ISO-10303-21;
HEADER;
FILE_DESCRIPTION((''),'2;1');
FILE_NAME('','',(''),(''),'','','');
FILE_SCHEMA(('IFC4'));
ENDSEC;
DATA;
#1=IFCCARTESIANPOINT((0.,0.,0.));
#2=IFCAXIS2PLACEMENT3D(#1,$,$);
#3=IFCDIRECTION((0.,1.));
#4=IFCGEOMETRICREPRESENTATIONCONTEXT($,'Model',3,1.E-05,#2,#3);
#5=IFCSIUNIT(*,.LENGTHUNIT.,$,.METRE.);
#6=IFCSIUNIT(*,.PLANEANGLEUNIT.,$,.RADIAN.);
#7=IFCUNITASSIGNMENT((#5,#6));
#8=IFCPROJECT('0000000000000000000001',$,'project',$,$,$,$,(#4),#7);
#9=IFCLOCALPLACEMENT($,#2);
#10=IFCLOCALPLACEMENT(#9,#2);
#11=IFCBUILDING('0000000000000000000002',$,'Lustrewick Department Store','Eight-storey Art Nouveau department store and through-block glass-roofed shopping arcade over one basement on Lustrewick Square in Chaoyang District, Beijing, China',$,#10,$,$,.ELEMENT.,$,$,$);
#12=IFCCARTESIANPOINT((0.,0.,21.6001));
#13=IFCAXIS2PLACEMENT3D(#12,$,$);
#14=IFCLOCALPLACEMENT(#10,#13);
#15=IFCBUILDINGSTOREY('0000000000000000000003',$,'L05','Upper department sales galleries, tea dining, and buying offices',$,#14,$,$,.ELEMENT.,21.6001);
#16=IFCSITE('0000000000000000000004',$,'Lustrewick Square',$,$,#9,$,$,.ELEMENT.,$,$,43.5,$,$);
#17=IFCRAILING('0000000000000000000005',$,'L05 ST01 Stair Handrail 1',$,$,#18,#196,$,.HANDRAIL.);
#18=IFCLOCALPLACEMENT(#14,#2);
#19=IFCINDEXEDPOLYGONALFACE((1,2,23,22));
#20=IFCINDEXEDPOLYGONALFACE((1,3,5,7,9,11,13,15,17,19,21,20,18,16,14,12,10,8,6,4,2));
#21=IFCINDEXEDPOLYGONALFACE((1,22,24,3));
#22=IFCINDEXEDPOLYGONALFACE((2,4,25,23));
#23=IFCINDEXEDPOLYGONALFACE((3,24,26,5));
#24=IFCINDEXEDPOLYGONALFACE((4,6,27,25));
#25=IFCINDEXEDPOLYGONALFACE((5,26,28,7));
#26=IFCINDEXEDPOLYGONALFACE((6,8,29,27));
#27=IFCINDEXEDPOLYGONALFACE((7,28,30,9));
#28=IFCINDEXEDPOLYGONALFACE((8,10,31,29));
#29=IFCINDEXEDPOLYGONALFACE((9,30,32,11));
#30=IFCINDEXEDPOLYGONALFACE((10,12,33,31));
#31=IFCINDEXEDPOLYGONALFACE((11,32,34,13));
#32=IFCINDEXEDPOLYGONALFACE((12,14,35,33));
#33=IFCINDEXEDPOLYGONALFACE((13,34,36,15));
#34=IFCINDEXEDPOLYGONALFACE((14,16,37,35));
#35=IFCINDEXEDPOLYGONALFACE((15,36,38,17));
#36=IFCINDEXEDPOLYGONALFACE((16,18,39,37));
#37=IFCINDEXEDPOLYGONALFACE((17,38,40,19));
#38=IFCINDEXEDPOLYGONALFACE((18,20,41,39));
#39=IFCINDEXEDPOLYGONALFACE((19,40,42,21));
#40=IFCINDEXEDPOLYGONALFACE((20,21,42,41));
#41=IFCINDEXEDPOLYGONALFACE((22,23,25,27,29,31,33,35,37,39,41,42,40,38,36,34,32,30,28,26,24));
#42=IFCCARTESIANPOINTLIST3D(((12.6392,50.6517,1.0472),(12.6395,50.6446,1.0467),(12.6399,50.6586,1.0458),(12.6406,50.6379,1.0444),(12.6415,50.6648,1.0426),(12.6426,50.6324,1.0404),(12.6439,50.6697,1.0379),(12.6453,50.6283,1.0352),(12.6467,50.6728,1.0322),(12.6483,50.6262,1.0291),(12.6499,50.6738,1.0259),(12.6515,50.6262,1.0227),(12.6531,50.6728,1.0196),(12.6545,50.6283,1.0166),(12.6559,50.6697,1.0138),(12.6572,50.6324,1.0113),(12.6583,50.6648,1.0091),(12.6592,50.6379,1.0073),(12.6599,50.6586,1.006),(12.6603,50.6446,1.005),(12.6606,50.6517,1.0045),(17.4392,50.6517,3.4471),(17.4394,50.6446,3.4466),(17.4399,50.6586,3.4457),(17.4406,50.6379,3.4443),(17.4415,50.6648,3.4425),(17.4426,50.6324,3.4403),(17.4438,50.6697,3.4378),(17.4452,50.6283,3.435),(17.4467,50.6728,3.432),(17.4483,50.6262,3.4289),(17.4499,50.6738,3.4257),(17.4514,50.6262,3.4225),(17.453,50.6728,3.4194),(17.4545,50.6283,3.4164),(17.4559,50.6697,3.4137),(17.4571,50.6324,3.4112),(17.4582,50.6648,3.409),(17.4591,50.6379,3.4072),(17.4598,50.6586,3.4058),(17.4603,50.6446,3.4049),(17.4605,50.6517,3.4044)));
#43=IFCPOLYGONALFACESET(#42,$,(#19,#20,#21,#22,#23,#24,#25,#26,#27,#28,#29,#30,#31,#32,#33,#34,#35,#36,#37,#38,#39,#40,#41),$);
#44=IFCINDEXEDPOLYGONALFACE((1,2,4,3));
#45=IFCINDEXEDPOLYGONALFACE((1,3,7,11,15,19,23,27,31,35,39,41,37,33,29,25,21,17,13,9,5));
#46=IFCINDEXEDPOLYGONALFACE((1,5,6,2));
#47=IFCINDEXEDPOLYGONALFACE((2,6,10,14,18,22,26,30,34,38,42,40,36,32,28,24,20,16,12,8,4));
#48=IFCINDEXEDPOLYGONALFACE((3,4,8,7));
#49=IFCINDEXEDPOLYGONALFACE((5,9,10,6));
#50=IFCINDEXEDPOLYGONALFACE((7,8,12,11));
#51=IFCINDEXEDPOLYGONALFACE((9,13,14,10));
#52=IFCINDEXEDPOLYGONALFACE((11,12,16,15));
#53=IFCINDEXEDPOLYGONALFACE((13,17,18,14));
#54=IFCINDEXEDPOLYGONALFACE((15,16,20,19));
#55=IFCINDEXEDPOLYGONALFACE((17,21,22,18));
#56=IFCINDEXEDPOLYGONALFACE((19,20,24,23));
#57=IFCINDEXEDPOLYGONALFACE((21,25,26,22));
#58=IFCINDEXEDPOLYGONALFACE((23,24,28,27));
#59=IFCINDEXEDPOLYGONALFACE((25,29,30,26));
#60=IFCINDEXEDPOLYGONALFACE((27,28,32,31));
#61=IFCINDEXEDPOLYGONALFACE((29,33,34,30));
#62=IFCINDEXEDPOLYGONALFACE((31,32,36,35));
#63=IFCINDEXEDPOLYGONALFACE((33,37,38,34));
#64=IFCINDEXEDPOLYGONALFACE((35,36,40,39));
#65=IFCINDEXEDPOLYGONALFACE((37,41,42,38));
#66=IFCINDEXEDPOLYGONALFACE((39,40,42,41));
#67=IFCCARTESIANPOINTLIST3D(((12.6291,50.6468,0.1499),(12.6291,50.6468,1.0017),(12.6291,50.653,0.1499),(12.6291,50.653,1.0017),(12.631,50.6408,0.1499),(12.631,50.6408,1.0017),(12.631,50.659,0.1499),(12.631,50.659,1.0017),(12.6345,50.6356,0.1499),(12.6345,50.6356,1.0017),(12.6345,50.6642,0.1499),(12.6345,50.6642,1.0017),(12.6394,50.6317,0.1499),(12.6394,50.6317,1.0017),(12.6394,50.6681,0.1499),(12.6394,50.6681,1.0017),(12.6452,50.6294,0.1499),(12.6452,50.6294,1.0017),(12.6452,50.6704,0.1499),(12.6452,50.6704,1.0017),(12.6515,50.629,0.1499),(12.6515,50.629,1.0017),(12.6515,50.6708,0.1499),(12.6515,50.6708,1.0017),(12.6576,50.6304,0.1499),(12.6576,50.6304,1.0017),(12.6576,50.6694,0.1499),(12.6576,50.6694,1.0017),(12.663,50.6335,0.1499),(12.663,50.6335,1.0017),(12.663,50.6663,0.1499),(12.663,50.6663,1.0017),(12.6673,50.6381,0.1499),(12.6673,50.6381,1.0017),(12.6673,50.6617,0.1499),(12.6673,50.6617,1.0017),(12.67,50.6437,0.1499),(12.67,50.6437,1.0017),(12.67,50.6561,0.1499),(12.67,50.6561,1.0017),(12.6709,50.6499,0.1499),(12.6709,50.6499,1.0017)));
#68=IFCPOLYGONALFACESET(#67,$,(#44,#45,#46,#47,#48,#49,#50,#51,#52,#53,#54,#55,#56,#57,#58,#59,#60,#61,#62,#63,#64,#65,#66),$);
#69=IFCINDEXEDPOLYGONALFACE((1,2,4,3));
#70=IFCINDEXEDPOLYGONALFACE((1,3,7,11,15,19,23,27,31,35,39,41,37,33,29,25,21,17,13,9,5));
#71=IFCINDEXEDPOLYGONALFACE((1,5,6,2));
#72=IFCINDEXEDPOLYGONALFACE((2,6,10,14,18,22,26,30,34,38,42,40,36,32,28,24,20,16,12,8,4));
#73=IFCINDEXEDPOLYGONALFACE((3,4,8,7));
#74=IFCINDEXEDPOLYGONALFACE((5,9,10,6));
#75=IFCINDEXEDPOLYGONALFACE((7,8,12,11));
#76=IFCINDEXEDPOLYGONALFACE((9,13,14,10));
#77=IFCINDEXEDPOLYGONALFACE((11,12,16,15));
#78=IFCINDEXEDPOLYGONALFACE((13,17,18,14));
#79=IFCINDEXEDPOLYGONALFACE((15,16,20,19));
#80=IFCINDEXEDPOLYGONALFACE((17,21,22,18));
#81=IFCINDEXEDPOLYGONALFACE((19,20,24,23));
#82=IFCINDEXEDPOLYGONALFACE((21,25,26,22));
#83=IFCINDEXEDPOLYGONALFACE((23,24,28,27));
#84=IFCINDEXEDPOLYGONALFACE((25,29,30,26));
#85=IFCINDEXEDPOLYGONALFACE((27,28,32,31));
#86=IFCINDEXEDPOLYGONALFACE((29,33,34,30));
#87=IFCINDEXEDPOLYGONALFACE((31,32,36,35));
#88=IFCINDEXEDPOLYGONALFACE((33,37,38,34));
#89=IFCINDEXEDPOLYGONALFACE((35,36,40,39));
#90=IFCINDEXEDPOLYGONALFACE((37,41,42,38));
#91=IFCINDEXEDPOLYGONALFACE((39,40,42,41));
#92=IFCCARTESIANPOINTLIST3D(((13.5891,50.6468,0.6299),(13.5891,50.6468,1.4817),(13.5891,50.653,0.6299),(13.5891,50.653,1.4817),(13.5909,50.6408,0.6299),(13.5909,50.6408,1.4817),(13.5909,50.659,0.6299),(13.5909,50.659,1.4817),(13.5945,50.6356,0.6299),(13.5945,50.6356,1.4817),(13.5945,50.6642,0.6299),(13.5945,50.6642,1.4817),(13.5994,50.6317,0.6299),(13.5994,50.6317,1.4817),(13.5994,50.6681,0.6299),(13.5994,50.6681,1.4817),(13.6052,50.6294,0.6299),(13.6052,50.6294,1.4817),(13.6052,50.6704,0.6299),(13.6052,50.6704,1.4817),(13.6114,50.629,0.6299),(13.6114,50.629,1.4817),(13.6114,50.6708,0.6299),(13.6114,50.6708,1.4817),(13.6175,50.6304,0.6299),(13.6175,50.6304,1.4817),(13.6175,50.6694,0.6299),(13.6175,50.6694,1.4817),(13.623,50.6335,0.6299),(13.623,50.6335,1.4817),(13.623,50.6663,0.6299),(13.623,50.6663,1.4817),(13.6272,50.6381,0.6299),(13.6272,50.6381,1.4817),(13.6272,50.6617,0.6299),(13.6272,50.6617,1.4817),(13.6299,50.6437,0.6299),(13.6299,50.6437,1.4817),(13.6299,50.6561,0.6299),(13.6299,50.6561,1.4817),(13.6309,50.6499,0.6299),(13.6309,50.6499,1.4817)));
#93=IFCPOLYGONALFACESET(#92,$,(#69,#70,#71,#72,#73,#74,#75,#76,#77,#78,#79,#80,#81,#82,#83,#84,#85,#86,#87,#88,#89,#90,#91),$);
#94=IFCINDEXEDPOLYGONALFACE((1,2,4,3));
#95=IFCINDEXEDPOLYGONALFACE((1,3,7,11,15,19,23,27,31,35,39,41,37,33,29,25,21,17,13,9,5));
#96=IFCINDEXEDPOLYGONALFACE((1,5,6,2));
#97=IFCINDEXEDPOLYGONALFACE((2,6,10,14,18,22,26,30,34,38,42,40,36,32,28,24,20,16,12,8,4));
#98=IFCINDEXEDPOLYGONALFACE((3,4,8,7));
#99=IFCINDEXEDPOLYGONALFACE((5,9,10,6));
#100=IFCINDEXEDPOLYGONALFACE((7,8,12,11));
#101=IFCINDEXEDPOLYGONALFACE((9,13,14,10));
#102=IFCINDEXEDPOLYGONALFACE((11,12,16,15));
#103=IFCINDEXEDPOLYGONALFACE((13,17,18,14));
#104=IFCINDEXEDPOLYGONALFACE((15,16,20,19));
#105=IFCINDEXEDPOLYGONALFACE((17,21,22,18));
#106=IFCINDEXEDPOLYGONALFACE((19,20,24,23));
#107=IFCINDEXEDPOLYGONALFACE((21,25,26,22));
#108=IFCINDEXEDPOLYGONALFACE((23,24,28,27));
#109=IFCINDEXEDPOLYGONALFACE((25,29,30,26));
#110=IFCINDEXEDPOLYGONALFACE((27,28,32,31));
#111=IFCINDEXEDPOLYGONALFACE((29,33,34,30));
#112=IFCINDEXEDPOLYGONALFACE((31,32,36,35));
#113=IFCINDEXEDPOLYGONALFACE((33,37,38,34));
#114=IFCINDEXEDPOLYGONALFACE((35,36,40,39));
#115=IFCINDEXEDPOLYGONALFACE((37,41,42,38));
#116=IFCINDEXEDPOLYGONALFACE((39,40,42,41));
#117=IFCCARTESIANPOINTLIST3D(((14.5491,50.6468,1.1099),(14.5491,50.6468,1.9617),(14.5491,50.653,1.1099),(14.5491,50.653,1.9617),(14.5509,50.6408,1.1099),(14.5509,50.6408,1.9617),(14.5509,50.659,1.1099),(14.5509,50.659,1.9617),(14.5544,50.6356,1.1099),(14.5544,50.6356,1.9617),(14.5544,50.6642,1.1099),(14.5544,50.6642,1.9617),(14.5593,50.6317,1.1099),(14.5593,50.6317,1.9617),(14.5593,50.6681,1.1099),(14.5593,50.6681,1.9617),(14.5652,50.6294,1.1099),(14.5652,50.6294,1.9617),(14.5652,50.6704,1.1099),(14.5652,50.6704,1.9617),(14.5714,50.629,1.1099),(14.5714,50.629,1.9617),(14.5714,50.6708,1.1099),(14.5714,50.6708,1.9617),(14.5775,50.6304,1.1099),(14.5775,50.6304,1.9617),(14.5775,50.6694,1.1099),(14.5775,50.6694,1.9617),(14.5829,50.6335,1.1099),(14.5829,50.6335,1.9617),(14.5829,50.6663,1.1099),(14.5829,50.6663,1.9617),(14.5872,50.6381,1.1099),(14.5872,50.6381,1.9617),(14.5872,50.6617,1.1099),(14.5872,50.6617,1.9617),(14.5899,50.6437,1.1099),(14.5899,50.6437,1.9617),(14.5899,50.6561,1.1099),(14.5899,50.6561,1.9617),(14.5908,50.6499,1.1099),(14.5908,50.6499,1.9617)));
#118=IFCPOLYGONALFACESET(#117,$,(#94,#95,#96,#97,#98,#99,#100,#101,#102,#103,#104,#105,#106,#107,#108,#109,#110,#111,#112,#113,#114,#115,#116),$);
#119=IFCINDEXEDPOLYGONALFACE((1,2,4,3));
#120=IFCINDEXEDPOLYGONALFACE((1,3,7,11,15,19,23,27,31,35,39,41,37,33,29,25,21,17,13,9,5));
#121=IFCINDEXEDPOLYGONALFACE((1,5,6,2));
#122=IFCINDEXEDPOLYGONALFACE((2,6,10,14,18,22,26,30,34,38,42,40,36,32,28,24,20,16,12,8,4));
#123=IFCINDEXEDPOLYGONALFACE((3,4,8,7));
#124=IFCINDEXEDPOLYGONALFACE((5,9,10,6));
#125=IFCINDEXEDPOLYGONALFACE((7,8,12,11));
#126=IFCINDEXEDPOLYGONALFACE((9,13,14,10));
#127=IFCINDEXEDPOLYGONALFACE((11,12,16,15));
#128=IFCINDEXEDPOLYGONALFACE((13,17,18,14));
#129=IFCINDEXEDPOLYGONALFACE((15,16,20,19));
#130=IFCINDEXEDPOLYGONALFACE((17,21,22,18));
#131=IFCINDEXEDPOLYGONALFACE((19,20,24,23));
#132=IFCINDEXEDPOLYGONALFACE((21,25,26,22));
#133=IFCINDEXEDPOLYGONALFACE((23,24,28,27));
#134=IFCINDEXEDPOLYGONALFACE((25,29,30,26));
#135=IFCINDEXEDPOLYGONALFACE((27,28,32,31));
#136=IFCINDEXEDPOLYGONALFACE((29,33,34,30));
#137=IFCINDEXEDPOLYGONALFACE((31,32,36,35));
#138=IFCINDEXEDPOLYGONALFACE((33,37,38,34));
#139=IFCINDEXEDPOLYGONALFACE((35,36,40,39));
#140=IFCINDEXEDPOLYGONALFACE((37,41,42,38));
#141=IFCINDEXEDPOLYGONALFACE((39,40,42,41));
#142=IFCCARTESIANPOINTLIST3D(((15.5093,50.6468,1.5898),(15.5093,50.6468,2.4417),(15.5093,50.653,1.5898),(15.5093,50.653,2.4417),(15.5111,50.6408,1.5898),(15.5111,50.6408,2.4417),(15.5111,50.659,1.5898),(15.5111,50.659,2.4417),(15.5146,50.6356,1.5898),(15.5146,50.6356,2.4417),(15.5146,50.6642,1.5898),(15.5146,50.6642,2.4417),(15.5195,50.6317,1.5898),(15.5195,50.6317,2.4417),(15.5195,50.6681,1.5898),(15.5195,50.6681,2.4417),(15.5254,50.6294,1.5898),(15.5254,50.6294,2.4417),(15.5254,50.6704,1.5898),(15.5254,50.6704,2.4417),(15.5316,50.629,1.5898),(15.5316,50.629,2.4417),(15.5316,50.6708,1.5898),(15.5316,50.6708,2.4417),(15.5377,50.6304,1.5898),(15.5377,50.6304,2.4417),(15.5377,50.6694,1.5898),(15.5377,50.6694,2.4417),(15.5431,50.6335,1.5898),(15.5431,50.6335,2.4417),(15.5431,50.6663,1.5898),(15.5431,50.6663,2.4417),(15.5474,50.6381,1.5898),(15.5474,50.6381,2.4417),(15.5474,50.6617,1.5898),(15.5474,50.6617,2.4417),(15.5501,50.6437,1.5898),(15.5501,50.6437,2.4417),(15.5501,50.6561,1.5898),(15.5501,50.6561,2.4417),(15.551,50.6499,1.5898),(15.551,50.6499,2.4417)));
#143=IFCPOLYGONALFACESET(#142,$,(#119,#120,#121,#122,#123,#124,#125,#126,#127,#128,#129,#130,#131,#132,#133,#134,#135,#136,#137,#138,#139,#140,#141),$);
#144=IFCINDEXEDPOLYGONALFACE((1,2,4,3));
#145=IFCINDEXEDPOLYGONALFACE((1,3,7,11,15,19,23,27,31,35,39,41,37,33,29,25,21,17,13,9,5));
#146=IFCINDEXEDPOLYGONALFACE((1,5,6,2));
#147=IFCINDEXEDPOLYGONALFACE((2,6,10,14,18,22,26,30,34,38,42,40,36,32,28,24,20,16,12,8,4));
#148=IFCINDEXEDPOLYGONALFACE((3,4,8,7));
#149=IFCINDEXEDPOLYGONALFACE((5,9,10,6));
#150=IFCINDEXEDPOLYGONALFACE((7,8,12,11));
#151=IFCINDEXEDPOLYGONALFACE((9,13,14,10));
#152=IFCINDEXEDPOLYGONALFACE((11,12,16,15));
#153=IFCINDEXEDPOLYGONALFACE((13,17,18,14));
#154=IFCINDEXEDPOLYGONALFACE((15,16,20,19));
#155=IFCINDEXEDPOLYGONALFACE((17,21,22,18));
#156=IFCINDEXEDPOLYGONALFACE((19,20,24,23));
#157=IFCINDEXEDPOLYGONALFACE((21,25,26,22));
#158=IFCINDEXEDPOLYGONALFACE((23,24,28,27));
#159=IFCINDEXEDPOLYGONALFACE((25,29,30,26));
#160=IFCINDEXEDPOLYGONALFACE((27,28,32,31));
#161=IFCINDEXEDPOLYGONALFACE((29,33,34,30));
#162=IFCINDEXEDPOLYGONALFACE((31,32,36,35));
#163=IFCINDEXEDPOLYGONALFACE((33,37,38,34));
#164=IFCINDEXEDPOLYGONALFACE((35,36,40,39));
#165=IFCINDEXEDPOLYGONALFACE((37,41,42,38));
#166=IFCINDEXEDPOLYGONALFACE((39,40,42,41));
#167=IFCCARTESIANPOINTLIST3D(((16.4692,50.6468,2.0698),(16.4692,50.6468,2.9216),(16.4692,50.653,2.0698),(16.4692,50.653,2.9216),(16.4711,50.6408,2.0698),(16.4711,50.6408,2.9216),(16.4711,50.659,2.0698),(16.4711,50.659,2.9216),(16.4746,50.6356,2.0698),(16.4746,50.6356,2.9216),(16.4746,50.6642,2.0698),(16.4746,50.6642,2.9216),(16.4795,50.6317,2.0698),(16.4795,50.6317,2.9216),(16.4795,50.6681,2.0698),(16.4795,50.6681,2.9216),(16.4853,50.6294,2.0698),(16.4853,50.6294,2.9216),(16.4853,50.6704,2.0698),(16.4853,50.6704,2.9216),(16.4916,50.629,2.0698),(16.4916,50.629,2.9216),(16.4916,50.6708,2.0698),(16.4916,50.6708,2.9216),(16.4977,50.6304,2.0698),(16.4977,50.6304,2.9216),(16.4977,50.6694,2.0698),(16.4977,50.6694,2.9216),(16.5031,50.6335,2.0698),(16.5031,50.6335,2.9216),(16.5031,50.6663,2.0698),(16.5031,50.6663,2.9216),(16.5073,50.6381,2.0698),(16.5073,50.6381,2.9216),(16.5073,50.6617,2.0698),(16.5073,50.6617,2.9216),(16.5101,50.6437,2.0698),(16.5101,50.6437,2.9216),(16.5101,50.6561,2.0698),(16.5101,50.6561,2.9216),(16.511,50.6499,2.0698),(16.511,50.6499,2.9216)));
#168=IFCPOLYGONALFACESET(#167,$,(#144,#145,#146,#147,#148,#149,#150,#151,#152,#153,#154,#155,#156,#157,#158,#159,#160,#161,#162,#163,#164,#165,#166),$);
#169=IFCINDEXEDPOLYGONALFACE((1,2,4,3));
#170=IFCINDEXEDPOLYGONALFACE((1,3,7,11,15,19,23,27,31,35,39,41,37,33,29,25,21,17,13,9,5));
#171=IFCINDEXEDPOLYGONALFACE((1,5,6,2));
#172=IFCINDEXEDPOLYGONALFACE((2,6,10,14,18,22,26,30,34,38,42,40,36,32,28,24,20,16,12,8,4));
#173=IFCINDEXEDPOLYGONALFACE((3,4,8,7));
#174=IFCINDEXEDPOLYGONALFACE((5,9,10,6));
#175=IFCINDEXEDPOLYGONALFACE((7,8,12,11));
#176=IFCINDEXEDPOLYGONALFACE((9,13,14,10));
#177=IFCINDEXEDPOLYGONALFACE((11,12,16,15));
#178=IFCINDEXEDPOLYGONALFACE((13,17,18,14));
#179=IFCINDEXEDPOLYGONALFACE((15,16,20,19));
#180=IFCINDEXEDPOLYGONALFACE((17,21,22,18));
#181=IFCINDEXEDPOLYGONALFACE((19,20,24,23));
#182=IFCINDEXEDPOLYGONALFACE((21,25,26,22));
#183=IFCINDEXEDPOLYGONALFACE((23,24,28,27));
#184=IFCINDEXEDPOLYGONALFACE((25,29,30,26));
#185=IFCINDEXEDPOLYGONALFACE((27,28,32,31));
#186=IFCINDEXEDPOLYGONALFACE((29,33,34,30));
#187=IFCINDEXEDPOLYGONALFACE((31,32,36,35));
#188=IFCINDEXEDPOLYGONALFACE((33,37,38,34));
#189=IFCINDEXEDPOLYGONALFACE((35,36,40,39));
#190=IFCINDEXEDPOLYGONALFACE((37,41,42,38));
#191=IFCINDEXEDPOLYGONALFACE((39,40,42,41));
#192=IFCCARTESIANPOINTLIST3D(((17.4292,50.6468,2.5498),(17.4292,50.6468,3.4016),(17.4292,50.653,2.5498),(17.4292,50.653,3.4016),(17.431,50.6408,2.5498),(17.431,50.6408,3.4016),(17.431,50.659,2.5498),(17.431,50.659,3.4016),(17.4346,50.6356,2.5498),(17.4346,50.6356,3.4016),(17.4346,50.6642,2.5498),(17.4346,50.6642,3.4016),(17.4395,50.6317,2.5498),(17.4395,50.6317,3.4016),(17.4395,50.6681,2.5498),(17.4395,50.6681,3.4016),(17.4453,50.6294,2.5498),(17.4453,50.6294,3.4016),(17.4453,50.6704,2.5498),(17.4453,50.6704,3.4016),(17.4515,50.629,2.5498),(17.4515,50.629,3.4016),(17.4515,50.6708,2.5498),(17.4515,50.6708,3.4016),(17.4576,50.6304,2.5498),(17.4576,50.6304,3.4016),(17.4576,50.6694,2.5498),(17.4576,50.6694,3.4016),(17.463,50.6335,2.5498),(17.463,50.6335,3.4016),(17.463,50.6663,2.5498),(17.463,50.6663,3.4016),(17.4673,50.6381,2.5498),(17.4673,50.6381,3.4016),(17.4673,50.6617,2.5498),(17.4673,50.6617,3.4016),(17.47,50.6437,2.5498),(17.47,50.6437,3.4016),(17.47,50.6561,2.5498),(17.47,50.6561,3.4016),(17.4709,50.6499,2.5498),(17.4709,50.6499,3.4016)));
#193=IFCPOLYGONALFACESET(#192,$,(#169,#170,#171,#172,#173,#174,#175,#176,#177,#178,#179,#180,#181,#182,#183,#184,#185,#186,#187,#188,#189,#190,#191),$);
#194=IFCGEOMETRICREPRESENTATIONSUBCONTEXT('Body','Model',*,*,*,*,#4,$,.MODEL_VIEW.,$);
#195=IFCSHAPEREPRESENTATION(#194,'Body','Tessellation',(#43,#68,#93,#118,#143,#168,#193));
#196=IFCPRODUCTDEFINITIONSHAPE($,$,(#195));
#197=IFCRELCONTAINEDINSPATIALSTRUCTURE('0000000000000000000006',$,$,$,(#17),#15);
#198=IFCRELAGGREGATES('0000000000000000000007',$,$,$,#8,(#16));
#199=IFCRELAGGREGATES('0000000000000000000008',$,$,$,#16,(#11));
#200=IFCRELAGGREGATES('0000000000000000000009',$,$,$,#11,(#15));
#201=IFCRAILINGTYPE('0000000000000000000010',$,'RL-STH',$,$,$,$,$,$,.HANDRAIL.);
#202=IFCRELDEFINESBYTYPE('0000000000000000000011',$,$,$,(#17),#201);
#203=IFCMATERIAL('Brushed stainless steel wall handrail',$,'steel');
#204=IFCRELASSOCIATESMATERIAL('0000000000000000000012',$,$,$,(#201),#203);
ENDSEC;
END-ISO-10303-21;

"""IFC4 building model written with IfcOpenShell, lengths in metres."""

from ifc_helpers import new_model, si_unit, direction, frame, origin, origin_2d, place, context, subcontext, project, spatial, circle, extrude, material, type_object, element, save


model = new_model("IFC4")

# Units and contexts
model_context = context("Model", 3, precision=1e-05, world=origin(), true_north=direction((0.0, 1.0)))
body_context = subcontext(model_context, "Body", "Model", "MODEL_VIEW")
ifc_project = project(units=[si_unit("LENGTHUNIT", "METRE"), si_unit("PLANEANGLEUNIT", "RADIAN")], contexts=[model_context])

# Site, building, storey
site_placement = place(None, origin())
site = spatial("IfcSite", under=ifc_project, at=site_placement, Name="Lustrewick Square", CompositionType="ELEMENT", RefElevation=43.5)
building_placement = place(site_placement, origin())
building = spatial("IfcBuilding", under=site, at=building_placement, Name="Lustrewick Department Store", Description="Eight-storey Art Nouveau department store and through-block glass-roofed shopping arcade over one basement on Lustrewick Square in Chaoyang District, Beijing, China", CompositionType="ELEMENT")
storey_placement = place(building_placement, frame((0.0, 0.0, 21.6001)))
storey = spatial("IfcBuildingStorey", under=building, at=storey_placement, Name="L05", Description="Upper department sales galleries, tea dining, and buying offices", CompositionType="ELEMENT", Elevation=21.6001)

# Railing
ifc_material_1 = material(Name="Brushed stainless steel wall handrail", Category="steel")
railing_type_1 = type_object("IfcRailingType", Name="RL-STH", PredefinedType="HANDRAIL", material=ifc_material_1)
railing_1_placement = place(storey_placement, frame((12.6499, 50.6499, 0.1499)))
element("IfcRailing", 1, at=railing_1_placement, inside=storey, type_object=railing_type_1, Name="L05 ST01 Stair Handrail 1", PredefinedType="HANDRAIL", context=body_context, shape_type="SweptSolid", body=[
    extrude(circle(Radius=0.0239, at=origin_2d()), frame((0.0, 0.0, 0.876), z_axis=(0.894436, 0.0, 0.447195), x_axis=(0.0, 1.0, 0.0)), (0.0, 0.0, 1.0), 5.3665),
    extrude(circle(Radius=0.021, at=origin_2d()), origin(), (0.0, 0.0, 1.0), 0.8518),
    extrude(circle(Radius=0.021, at=origin_2d()), frame((0.96, 0.0, 0.48)), (0.0, 0.0, 1.0), 0.8518),
    extrude(circle(Radius=0.021, at=origin_2d()), frame((1.9199, 0.0, 0.96)), (0.0, 0.0, 1.0), 0.8518),
    extrude(circle(Radius=0.021, at=origin_2d()), frame((2.8801, 0.0, 1.4399)), (0.0, 0.0, 1.0), 0.8518),
    extrude(circle(Radius=0.021, at=origin_2d()), frame((3.8401, 0.0, 1.9199)), (0.0, 0.0, 1.0), 0.8518),
    extrude(circle(Radius=0.021, at=origin_2d()), frame((4.8, 0.0, 2.3999)), (0.0, 0.0, 1.0), 0.8518),
])

save(model, "model.ifc")
